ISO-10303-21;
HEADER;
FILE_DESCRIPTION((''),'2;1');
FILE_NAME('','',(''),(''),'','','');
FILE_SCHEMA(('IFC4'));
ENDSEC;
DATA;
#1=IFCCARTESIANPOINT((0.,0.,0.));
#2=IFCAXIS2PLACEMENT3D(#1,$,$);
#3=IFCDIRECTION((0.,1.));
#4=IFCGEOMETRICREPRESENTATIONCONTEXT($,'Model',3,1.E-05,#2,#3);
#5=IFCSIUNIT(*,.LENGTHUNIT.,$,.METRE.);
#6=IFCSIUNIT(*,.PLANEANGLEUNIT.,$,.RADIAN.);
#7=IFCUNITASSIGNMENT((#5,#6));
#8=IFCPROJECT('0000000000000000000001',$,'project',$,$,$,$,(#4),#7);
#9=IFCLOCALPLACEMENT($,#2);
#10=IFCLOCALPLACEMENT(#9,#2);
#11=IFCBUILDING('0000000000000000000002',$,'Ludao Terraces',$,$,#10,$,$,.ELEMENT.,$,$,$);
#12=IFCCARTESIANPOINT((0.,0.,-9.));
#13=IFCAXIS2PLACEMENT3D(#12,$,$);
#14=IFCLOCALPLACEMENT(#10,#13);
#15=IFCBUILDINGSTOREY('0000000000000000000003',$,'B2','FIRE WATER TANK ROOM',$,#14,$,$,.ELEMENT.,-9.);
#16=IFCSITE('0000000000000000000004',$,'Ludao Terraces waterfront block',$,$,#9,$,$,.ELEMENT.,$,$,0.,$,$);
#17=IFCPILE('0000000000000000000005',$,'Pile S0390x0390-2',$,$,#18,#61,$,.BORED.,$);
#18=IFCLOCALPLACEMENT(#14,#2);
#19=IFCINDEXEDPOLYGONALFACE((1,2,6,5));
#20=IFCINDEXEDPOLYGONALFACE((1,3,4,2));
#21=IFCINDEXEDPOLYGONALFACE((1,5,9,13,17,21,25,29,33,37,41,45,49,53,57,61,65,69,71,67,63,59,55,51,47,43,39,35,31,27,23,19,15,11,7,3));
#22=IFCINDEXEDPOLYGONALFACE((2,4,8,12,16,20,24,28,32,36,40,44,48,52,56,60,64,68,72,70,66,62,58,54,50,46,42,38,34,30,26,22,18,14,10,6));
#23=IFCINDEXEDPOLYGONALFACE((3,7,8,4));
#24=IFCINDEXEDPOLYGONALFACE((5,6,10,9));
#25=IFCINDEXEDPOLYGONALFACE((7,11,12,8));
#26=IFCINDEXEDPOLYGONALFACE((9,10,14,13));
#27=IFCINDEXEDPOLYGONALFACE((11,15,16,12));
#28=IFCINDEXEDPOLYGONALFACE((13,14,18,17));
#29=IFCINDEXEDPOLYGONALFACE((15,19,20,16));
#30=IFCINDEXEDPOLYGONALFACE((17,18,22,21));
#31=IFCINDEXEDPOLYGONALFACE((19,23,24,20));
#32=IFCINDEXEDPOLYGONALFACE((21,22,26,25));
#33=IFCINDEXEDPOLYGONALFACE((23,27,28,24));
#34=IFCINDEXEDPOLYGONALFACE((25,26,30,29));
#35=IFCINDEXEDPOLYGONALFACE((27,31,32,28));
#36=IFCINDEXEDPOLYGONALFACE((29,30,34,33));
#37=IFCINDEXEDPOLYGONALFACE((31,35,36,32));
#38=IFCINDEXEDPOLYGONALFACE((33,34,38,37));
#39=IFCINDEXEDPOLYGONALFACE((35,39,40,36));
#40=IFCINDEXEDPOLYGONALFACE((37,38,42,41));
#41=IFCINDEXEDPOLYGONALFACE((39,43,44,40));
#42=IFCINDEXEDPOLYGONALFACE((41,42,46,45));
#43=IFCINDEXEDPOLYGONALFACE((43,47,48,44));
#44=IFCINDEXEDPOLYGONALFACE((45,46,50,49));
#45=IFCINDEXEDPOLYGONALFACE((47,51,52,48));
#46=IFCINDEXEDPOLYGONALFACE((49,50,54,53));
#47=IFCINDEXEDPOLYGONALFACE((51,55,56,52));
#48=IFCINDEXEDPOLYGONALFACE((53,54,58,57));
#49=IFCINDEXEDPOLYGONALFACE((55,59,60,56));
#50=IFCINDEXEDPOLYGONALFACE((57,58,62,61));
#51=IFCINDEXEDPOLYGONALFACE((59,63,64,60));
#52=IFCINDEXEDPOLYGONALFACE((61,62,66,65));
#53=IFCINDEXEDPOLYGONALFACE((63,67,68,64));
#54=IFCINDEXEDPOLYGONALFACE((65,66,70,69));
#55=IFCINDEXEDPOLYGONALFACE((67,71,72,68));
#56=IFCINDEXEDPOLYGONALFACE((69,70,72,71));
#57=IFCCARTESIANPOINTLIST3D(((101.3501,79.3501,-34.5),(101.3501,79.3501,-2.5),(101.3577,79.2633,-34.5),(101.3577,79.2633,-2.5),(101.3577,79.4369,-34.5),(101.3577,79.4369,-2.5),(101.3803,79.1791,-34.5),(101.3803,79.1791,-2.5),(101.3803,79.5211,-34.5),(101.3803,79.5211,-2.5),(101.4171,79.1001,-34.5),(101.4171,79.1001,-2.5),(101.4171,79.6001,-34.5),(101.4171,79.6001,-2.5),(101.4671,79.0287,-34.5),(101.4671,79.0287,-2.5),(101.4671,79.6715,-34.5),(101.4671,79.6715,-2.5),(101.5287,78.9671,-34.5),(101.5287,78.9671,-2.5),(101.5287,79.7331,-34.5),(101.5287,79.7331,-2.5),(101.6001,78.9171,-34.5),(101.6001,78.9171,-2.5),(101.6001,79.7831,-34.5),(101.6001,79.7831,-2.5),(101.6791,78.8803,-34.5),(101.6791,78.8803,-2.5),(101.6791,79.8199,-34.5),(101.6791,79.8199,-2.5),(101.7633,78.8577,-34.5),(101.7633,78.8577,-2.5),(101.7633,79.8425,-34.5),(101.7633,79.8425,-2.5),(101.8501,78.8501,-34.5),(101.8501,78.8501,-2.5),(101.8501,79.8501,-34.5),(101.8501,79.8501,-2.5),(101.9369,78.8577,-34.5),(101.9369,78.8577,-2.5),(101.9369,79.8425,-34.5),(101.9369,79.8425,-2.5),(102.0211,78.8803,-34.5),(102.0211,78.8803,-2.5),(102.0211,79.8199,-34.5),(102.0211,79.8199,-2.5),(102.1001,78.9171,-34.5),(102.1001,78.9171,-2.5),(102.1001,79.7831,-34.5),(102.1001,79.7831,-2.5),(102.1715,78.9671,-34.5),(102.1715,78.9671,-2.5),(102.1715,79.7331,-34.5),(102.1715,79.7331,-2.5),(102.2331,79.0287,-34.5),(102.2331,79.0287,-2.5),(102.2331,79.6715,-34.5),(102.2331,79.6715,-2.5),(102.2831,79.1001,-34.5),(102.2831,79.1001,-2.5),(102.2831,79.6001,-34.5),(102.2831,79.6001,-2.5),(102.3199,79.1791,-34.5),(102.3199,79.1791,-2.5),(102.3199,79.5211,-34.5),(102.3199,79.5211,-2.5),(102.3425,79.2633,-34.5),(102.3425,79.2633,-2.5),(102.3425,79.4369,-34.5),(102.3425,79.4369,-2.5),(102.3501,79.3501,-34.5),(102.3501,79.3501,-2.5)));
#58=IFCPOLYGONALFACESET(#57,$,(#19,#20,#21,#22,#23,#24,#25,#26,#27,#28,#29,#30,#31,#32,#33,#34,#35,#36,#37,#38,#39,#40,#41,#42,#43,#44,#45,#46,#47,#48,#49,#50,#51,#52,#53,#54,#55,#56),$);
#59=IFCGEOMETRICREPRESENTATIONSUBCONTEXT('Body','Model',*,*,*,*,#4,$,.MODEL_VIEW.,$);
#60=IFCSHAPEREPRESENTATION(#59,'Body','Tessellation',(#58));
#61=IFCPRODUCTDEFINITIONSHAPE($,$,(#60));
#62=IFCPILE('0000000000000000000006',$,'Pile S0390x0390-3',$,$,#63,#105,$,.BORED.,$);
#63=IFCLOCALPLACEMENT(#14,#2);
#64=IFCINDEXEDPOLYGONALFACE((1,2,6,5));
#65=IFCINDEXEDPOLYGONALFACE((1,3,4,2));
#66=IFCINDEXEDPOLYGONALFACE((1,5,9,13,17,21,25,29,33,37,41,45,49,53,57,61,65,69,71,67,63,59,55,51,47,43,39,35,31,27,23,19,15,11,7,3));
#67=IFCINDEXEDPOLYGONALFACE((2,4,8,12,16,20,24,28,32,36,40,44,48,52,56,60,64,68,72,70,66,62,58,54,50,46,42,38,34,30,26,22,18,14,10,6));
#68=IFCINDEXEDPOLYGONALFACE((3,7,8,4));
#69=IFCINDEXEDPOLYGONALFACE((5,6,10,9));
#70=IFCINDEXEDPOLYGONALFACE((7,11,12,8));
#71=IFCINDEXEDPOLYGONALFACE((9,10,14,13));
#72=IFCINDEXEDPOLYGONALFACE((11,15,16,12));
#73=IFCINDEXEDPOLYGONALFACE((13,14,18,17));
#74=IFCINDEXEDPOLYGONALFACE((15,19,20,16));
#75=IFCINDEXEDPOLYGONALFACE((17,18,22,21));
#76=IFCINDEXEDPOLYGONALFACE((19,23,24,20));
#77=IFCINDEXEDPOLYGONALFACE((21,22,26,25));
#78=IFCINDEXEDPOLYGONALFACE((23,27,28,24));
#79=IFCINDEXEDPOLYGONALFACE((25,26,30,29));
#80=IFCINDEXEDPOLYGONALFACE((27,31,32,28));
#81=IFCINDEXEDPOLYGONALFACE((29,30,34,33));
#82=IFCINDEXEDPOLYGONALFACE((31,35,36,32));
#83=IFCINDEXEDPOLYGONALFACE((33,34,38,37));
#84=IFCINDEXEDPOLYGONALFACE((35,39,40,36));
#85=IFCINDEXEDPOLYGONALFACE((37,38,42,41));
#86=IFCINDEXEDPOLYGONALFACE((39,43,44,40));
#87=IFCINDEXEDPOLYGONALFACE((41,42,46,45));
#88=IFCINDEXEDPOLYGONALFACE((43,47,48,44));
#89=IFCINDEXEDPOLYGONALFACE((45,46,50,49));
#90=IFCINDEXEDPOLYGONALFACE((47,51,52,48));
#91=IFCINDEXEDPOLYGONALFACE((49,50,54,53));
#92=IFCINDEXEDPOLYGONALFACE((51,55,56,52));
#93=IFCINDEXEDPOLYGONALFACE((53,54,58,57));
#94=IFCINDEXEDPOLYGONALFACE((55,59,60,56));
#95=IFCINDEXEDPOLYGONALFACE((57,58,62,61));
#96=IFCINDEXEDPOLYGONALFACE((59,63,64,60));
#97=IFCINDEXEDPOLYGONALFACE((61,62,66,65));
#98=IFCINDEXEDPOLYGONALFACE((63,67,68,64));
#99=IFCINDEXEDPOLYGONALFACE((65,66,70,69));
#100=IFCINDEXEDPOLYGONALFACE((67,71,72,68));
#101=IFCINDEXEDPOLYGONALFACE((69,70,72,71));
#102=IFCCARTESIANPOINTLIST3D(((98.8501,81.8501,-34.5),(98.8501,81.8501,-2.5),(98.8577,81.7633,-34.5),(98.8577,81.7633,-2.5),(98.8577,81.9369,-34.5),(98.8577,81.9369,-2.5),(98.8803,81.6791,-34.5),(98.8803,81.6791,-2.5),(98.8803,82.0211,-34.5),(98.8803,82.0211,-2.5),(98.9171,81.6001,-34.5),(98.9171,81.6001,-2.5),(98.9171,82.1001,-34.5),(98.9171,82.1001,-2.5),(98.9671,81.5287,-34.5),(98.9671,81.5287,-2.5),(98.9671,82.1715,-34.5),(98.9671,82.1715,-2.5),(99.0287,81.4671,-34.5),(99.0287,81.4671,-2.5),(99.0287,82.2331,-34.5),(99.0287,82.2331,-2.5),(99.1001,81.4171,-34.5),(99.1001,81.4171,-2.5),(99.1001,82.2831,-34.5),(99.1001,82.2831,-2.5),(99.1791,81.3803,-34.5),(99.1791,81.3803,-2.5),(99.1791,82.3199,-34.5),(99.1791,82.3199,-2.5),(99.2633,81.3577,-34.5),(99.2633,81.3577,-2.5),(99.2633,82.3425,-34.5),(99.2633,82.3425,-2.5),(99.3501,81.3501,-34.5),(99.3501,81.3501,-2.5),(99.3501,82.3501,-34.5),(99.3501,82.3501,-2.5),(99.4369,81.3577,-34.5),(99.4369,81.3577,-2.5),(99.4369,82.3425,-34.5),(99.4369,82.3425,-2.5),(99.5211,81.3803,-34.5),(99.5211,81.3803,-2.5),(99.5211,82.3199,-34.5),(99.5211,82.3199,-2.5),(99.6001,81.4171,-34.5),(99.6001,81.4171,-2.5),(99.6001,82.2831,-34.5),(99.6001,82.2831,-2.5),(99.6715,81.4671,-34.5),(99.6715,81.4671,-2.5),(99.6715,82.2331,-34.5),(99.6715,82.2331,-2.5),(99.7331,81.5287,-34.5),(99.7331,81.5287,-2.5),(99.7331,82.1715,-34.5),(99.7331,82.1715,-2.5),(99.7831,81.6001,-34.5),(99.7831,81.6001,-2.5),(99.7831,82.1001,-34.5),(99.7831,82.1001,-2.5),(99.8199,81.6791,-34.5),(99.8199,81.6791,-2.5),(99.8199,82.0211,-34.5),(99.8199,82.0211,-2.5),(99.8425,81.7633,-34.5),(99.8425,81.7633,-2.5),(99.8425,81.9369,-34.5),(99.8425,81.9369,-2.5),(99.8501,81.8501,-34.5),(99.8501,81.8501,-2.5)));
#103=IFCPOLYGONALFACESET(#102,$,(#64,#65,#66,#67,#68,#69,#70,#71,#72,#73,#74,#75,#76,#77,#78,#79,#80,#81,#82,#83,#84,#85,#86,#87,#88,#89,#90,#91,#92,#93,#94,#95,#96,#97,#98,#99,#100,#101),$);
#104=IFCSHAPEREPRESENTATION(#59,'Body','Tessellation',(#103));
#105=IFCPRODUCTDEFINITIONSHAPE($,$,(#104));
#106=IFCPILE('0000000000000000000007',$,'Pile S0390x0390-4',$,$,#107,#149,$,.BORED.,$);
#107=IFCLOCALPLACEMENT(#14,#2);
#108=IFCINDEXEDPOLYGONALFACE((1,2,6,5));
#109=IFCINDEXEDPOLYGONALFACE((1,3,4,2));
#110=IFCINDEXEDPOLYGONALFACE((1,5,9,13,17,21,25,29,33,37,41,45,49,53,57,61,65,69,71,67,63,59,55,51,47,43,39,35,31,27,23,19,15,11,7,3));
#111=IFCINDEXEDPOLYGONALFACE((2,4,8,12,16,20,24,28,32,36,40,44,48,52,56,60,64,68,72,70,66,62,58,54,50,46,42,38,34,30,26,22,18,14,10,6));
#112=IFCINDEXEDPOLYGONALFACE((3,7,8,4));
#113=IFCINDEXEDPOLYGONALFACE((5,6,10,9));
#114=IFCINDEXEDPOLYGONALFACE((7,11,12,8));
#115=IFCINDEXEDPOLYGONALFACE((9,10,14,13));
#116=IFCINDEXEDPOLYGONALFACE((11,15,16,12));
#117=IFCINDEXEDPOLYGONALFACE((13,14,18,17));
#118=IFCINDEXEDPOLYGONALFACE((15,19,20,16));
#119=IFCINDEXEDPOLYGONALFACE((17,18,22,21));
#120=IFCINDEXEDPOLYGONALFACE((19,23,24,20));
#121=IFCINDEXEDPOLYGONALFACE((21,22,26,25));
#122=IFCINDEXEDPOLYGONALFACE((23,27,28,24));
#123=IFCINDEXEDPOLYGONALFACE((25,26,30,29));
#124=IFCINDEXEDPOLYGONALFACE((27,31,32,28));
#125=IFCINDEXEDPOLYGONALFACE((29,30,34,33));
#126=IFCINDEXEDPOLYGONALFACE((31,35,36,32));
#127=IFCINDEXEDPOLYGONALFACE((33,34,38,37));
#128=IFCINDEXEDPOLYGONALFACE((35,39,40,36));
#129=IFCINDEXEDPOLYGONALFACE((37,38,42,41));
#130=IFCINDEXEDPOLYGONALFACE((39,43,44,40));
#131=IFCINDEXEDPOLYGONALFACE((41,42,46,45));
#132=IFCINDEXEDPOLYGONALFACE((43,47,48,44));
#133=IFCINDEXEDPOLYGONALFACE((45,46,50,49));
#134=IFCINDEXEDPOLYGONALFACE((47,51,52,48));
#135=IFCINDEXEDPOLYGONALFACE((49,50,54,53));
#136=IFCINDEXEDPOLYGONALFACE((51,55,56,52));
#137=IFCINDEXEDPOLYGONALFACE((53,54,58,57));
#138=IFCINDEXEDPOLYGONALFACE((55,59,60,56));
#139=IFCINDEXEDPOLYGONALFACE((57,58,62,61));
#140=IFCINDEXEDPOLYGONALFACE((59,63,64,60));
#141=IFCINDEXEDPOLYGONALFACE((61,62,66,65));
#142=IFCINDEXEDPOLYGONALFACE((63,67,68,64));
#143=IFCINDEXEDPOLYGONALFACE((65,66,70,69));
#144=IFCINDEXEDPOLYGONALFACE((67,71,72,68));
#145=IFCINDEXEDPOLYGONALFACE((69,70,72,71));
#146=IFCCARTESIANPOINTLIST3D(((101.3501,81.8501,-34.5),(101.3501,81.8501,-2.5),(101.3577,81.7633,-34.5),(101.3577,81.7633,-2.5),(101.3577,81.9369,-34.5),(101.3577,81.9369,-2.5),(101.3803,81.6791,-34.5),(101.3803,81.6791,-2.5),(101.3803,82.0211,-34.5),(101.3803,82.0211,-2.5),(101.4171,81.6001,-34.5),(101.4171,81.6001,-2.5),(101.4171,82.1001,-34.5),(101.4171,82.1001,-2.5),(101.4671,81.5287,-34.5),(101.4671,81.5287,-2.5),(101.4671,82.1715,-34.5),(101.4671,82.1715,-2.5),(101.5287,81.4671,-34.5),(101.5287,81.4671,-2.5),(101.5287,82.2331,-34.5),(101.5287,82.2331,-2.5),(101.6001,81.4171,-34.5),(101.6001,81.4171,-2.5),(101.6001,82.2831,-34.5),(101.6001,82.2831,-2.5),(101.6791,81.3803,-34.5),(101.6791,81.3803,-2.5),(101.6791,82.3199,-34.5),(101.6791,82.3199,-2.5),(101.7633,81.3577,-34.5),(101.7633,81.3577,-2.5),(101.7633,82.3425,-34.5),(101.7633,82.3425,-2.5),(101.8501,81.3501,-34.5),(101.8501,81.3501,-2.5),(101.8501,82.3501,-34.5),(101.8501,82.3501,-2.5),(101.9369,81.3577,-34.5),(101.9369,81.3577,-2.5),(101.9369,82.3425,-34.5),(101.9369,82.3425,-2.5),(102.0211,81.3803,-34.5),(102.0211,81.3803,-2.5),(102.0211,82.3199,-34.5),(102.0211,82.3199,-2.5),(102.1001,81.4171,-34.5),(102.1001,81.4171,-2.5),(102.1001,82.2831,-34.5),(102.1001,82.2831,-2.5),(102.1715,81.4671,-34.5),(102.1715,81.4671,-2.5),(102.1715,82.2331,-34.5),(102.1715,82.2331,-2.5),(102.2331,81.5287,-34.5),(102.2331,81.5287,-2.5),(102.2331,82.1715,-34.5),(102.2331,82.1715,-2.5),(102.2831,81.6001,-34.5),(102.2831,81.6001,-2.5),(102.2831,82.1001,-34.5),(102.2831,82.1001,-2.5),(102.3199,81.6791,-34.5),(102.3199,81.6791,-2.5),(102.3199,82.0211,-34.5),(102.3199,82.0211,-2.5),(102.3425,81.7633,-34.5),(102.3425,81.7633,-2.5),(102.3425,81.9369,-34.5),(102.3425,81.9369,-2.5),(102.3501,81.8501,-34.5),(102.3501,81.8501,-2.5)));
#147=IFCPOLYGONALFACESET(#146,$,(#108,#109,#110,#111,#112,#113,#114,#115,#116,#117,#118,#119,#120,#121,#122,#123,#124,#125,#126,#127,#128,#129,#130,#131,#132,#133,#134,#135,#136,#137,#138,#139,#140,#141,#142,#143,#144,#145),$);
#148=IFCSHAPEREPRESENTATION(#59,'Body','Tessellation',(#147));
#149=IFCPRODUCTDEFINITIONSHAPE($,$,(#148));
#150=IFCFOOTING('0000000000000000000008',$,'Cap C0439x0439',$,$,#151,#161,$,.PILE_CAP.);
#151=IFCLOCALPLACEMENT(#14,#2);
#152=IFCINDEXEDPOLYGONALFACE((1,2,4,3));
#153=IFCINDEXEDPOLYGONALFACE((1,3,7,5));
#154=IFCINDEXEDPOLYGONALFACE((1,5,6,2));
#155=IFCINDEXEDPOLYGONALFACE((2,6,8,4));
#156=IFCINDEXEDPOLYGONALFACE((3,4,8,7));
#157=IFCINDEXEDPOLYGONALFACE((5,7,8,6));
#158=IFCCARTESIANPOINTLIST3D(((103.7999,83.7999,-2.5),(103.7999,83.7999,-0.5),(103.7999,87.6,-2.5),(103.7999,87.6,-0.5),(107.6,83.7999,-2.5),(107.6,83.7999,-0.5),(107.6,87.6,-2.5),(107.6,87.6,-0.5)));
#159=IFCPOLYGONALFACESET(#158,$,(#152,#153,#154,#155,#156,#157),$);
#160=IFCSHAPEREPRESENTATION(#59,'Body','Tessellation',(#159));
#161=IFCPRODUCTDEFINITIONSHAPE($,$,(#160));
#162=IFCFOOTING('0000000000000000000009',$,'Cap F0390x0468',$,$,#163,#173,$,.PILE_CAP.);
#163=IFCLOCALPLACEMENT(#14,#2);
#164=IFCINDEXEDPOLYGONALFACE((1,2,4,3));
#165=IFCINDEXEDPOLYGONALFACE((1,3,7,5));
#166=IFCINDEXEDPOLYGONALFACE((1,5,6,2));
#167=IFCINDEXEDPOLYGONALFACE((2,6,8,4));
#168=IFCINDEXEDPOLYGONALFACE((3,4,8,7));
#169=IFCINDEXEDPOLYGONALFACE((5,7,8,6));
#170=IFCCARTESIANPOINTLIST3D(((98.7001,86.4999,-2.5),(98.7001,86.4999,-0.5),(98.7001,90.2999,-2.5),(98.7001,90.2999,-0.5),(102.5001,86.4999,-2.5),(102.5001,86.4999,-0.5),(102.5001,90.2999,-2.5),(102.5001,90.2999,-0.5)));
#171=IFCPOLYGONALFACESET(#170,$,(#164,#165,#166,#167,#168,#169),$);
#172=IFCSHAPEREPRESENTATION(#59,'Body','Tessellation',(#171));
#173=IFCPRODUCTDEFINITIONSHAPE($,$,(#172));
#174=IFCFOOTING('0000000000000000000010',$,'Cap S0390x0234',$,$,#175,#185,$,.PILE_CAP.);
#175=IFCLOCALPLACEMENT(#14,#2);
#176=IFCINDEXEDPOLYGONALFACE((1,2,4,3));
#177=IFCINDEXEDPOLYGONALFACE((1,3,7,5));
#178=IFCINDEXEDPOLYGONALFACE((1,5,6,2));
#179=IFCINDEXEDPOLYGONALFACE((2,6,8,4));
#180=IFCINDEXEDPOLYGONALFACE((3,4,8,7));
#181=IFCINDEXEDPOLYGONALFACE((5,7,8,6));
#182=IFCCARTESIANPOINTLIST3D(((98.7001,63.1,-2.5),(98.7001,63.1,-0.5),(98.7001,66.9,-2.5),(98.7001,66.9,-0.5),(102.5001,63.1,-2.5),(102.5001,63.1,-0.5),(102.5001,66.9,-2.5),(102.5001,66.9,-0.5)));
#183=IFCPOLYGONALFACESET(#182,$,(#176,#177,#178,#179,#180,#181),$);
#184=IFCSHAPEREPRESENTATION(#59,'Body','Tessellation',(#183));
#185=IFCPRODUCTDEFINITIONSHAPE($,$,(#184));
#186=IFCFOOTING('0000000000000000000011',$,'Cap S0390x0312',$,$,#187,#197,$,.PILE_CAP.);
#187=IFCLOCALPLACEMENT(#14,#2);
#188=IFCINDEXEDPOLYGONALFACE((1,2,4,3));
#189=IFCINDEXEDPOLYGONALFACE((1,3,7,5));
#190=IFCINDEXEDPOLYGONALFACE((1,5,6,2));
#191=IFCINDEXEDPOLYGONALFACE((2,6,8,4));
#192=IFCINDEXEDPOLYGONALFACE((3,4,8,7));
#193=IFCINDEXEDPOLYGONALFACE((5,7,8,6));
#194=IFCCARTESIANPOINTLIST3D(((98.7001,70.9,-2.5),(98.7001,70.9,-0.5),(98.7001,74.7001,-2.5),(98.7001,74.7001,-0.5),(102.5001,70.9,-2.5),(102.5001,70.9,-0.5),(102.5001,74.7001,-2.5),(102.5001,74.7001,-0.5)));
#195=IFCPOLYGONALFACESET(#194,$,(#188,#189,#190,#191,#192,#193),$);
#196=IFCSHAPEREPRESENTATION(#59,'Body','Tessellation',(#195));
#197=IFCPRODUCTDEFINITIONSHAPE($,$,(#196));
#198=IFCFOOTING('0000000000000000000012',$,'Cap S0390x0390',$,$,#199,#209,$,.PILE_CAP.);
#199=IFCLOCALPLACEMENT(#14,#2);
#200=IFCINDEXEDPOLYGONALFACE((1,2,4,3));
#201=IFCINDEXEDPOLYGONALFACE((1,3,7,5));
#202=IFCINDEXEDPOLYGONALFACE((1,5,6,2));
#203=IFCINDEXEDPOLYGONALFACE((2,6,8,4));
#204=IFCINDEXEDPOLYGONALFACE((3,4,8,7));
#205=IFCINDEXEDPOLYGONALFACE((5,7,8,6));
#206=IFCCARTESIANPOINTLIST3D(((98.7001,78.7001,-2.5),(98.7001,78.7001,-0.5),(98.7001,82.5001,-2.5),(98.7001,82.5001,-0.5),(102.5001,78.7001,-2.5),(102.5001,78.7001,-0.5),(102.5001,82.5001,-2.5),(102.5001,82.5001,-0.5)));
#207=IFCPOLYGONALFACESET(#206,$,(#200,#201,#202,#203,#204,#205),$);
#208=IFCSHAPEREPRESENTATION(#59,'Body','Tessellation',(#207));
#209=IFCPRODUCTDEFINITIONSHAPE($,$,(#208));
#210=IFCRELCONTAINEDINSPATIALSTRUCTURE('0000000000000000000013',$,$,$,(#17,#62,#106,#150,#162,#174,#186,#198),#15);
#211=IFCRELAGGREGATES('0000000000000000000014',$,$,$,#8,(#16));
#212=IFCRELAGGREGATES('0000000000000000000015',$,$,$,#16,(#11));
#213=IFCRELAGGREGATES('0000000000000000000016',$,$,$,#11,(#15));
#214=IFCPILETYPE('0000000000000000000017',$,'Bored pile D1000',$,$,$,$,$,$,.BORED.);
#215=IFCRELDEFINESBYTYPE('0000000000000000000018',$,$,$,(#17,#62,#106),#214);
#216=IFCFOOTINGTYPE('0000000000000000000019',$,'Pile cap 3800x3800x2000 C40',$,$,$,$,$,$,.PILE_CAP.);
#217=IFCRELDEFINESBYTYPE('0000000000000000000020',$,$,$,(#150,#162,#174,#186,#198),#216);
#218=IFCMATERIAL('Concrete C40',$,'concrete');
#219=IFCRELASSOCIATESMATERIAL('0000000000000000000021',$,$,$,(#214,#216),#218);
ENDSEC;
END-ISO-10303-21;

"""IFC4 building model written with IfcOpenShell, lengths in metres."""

from ifc_helpers import new_model, si_unit, direction, frame, origin, origin_2d, place, context, subcontext, project, spatial, rectangle, circle, extrude, material, material_profile, profile_set, type_object, element, save


model = new_model("IFC4")

# Units and contexts
model_context = context("Model", 3, precision=1e-05, world=origin(), true_north=direction((0.0, 1.0)))
body_context = subcontext(model_context, "Body", "Model", "MODEL_VIEW")
ifc_project = project(units=[si_unit("LENGTHUNIT", "METRE"), si_unit("PLANEANGLEUNIT", "RADIAN")], contexts=[model_context])

# Site, building, storey
site_placement = place(None, origin())
site = spatial("IfcSite", under=ifc_project, at=site_placement, Name="Ludao Terraces waterfront block", CompositionType="ELEMENT", RefElevation=0.0)
building_placement = place(site_placement, origin())
building = spatial("IfcBuilding", under=site, at=building_placement, Name="Ludao Terraces", CompositionType="ELEMENT")
storey_placement = place(building_placement, frame((0.0, 0.0, -9.0)))
storey = spatial("IfcBuildingStorey", under=building, at=storey_placement, Name="B2", Description="FIRE WATER TANK ROOM", CompositionType="ELEMENT", Elevation=-9.0)

# Piles
ifc_material_1 = material(Name="Concrete C40", Category="concrete")
ifc_material_profile_1 = material_profile(ifc_material_1, circle(Radius=0.5, at=origin_2d()), Name="D1000 BORED PILE")
ifc_profile_set_1 = profile_set([ifc_material_profile_1], Name="Concrete C40")
pile_type = type_object("IfcPileType", Name="Bored pile D1000", PredefinedType="BORED", material=ifc_profile_set_1)
for number, where, z_axis, x_axis, name in (
    (1, (101.8501, 79.3501, -2.5), (0.0, 0.0, -1.0), (1.0, 0.0, 0.0), "Pile S0390x0390-2"),
    (2, (99.3501, 81.8501, -2.5), (0.0, 0.0, -1.0), (1.0, 0.0, 0.0), "Pile S0390x0390-3"),
    (3, (101.8501, 81.8501, -2.5), (0.0, 0.0, -1.0), (1.0, 0.0, 0.0), "Pile S0390x0390-4"),
):
    element("IfcPile", number, at=place(storey_placement, frame(where, z_axis=z_axis, x_axis=x_axis)), inside=storey, type_object=pile_type, Name=name, PredefinedType="BORED", context=body_context, shape_type="SweptSolid", body=[
        extrude(circle(Radius=0.5, at=origin_2d()), origin(), (0.0, 0.0, 1.0), 32.0),
    ])

# Footings
footing_type = type_object("IfcFootingType", Name="Pile cap 3800x3800x2000 C40", PredefinedType="PILE_CAP", material=ifc_material_1)
for number, where, z_axis, x_axis, name in (
    (4, (105.7, 85.7, -2.5), (0.0, 0.0, 1.0), (1.0, 0.0, 0.0), "Cap C0439x0439"),
    (5, (100.6001, 88.3999, -2.5), (0.0, 0.0, 1.0), (1.0, 0.0, 0.0), "Cap F0390x0468"),
    (6, (100.6001, 65.0, -2.5), (0.0, 0.0, 1.0), (1.0, 0.0, 0.0), "Cap S0390x0234"),
    (7, (100.6001, 72.8, -2.5), (0.0, 0.0, 1.0), (1.0, 0.0, 0.0), "Cap S0390x0312"),
    (8, (100.6001, 80.6001, -2.5), (0.0, 0.0, 1.0), (1.0, 0.0, 0.0), "Cap S0390x0390"),
):
    element("IfcFooting", number, at=place(storey_placement, frame(where, z_axis=z_axis, x_axis=x_axis)), inside=storey, type_object=footing_type, Name=name, PredefinedType="PILE_CAP", context=body_context, shape_type="SweptSolid", body=[
        extrude(rectangle(XDim=3.8, YDim=3.8, at=origin_2d()), origin(), (0.0, 0.0, 1.0), 2.0),
    ])

save(model, "model.ifc")
